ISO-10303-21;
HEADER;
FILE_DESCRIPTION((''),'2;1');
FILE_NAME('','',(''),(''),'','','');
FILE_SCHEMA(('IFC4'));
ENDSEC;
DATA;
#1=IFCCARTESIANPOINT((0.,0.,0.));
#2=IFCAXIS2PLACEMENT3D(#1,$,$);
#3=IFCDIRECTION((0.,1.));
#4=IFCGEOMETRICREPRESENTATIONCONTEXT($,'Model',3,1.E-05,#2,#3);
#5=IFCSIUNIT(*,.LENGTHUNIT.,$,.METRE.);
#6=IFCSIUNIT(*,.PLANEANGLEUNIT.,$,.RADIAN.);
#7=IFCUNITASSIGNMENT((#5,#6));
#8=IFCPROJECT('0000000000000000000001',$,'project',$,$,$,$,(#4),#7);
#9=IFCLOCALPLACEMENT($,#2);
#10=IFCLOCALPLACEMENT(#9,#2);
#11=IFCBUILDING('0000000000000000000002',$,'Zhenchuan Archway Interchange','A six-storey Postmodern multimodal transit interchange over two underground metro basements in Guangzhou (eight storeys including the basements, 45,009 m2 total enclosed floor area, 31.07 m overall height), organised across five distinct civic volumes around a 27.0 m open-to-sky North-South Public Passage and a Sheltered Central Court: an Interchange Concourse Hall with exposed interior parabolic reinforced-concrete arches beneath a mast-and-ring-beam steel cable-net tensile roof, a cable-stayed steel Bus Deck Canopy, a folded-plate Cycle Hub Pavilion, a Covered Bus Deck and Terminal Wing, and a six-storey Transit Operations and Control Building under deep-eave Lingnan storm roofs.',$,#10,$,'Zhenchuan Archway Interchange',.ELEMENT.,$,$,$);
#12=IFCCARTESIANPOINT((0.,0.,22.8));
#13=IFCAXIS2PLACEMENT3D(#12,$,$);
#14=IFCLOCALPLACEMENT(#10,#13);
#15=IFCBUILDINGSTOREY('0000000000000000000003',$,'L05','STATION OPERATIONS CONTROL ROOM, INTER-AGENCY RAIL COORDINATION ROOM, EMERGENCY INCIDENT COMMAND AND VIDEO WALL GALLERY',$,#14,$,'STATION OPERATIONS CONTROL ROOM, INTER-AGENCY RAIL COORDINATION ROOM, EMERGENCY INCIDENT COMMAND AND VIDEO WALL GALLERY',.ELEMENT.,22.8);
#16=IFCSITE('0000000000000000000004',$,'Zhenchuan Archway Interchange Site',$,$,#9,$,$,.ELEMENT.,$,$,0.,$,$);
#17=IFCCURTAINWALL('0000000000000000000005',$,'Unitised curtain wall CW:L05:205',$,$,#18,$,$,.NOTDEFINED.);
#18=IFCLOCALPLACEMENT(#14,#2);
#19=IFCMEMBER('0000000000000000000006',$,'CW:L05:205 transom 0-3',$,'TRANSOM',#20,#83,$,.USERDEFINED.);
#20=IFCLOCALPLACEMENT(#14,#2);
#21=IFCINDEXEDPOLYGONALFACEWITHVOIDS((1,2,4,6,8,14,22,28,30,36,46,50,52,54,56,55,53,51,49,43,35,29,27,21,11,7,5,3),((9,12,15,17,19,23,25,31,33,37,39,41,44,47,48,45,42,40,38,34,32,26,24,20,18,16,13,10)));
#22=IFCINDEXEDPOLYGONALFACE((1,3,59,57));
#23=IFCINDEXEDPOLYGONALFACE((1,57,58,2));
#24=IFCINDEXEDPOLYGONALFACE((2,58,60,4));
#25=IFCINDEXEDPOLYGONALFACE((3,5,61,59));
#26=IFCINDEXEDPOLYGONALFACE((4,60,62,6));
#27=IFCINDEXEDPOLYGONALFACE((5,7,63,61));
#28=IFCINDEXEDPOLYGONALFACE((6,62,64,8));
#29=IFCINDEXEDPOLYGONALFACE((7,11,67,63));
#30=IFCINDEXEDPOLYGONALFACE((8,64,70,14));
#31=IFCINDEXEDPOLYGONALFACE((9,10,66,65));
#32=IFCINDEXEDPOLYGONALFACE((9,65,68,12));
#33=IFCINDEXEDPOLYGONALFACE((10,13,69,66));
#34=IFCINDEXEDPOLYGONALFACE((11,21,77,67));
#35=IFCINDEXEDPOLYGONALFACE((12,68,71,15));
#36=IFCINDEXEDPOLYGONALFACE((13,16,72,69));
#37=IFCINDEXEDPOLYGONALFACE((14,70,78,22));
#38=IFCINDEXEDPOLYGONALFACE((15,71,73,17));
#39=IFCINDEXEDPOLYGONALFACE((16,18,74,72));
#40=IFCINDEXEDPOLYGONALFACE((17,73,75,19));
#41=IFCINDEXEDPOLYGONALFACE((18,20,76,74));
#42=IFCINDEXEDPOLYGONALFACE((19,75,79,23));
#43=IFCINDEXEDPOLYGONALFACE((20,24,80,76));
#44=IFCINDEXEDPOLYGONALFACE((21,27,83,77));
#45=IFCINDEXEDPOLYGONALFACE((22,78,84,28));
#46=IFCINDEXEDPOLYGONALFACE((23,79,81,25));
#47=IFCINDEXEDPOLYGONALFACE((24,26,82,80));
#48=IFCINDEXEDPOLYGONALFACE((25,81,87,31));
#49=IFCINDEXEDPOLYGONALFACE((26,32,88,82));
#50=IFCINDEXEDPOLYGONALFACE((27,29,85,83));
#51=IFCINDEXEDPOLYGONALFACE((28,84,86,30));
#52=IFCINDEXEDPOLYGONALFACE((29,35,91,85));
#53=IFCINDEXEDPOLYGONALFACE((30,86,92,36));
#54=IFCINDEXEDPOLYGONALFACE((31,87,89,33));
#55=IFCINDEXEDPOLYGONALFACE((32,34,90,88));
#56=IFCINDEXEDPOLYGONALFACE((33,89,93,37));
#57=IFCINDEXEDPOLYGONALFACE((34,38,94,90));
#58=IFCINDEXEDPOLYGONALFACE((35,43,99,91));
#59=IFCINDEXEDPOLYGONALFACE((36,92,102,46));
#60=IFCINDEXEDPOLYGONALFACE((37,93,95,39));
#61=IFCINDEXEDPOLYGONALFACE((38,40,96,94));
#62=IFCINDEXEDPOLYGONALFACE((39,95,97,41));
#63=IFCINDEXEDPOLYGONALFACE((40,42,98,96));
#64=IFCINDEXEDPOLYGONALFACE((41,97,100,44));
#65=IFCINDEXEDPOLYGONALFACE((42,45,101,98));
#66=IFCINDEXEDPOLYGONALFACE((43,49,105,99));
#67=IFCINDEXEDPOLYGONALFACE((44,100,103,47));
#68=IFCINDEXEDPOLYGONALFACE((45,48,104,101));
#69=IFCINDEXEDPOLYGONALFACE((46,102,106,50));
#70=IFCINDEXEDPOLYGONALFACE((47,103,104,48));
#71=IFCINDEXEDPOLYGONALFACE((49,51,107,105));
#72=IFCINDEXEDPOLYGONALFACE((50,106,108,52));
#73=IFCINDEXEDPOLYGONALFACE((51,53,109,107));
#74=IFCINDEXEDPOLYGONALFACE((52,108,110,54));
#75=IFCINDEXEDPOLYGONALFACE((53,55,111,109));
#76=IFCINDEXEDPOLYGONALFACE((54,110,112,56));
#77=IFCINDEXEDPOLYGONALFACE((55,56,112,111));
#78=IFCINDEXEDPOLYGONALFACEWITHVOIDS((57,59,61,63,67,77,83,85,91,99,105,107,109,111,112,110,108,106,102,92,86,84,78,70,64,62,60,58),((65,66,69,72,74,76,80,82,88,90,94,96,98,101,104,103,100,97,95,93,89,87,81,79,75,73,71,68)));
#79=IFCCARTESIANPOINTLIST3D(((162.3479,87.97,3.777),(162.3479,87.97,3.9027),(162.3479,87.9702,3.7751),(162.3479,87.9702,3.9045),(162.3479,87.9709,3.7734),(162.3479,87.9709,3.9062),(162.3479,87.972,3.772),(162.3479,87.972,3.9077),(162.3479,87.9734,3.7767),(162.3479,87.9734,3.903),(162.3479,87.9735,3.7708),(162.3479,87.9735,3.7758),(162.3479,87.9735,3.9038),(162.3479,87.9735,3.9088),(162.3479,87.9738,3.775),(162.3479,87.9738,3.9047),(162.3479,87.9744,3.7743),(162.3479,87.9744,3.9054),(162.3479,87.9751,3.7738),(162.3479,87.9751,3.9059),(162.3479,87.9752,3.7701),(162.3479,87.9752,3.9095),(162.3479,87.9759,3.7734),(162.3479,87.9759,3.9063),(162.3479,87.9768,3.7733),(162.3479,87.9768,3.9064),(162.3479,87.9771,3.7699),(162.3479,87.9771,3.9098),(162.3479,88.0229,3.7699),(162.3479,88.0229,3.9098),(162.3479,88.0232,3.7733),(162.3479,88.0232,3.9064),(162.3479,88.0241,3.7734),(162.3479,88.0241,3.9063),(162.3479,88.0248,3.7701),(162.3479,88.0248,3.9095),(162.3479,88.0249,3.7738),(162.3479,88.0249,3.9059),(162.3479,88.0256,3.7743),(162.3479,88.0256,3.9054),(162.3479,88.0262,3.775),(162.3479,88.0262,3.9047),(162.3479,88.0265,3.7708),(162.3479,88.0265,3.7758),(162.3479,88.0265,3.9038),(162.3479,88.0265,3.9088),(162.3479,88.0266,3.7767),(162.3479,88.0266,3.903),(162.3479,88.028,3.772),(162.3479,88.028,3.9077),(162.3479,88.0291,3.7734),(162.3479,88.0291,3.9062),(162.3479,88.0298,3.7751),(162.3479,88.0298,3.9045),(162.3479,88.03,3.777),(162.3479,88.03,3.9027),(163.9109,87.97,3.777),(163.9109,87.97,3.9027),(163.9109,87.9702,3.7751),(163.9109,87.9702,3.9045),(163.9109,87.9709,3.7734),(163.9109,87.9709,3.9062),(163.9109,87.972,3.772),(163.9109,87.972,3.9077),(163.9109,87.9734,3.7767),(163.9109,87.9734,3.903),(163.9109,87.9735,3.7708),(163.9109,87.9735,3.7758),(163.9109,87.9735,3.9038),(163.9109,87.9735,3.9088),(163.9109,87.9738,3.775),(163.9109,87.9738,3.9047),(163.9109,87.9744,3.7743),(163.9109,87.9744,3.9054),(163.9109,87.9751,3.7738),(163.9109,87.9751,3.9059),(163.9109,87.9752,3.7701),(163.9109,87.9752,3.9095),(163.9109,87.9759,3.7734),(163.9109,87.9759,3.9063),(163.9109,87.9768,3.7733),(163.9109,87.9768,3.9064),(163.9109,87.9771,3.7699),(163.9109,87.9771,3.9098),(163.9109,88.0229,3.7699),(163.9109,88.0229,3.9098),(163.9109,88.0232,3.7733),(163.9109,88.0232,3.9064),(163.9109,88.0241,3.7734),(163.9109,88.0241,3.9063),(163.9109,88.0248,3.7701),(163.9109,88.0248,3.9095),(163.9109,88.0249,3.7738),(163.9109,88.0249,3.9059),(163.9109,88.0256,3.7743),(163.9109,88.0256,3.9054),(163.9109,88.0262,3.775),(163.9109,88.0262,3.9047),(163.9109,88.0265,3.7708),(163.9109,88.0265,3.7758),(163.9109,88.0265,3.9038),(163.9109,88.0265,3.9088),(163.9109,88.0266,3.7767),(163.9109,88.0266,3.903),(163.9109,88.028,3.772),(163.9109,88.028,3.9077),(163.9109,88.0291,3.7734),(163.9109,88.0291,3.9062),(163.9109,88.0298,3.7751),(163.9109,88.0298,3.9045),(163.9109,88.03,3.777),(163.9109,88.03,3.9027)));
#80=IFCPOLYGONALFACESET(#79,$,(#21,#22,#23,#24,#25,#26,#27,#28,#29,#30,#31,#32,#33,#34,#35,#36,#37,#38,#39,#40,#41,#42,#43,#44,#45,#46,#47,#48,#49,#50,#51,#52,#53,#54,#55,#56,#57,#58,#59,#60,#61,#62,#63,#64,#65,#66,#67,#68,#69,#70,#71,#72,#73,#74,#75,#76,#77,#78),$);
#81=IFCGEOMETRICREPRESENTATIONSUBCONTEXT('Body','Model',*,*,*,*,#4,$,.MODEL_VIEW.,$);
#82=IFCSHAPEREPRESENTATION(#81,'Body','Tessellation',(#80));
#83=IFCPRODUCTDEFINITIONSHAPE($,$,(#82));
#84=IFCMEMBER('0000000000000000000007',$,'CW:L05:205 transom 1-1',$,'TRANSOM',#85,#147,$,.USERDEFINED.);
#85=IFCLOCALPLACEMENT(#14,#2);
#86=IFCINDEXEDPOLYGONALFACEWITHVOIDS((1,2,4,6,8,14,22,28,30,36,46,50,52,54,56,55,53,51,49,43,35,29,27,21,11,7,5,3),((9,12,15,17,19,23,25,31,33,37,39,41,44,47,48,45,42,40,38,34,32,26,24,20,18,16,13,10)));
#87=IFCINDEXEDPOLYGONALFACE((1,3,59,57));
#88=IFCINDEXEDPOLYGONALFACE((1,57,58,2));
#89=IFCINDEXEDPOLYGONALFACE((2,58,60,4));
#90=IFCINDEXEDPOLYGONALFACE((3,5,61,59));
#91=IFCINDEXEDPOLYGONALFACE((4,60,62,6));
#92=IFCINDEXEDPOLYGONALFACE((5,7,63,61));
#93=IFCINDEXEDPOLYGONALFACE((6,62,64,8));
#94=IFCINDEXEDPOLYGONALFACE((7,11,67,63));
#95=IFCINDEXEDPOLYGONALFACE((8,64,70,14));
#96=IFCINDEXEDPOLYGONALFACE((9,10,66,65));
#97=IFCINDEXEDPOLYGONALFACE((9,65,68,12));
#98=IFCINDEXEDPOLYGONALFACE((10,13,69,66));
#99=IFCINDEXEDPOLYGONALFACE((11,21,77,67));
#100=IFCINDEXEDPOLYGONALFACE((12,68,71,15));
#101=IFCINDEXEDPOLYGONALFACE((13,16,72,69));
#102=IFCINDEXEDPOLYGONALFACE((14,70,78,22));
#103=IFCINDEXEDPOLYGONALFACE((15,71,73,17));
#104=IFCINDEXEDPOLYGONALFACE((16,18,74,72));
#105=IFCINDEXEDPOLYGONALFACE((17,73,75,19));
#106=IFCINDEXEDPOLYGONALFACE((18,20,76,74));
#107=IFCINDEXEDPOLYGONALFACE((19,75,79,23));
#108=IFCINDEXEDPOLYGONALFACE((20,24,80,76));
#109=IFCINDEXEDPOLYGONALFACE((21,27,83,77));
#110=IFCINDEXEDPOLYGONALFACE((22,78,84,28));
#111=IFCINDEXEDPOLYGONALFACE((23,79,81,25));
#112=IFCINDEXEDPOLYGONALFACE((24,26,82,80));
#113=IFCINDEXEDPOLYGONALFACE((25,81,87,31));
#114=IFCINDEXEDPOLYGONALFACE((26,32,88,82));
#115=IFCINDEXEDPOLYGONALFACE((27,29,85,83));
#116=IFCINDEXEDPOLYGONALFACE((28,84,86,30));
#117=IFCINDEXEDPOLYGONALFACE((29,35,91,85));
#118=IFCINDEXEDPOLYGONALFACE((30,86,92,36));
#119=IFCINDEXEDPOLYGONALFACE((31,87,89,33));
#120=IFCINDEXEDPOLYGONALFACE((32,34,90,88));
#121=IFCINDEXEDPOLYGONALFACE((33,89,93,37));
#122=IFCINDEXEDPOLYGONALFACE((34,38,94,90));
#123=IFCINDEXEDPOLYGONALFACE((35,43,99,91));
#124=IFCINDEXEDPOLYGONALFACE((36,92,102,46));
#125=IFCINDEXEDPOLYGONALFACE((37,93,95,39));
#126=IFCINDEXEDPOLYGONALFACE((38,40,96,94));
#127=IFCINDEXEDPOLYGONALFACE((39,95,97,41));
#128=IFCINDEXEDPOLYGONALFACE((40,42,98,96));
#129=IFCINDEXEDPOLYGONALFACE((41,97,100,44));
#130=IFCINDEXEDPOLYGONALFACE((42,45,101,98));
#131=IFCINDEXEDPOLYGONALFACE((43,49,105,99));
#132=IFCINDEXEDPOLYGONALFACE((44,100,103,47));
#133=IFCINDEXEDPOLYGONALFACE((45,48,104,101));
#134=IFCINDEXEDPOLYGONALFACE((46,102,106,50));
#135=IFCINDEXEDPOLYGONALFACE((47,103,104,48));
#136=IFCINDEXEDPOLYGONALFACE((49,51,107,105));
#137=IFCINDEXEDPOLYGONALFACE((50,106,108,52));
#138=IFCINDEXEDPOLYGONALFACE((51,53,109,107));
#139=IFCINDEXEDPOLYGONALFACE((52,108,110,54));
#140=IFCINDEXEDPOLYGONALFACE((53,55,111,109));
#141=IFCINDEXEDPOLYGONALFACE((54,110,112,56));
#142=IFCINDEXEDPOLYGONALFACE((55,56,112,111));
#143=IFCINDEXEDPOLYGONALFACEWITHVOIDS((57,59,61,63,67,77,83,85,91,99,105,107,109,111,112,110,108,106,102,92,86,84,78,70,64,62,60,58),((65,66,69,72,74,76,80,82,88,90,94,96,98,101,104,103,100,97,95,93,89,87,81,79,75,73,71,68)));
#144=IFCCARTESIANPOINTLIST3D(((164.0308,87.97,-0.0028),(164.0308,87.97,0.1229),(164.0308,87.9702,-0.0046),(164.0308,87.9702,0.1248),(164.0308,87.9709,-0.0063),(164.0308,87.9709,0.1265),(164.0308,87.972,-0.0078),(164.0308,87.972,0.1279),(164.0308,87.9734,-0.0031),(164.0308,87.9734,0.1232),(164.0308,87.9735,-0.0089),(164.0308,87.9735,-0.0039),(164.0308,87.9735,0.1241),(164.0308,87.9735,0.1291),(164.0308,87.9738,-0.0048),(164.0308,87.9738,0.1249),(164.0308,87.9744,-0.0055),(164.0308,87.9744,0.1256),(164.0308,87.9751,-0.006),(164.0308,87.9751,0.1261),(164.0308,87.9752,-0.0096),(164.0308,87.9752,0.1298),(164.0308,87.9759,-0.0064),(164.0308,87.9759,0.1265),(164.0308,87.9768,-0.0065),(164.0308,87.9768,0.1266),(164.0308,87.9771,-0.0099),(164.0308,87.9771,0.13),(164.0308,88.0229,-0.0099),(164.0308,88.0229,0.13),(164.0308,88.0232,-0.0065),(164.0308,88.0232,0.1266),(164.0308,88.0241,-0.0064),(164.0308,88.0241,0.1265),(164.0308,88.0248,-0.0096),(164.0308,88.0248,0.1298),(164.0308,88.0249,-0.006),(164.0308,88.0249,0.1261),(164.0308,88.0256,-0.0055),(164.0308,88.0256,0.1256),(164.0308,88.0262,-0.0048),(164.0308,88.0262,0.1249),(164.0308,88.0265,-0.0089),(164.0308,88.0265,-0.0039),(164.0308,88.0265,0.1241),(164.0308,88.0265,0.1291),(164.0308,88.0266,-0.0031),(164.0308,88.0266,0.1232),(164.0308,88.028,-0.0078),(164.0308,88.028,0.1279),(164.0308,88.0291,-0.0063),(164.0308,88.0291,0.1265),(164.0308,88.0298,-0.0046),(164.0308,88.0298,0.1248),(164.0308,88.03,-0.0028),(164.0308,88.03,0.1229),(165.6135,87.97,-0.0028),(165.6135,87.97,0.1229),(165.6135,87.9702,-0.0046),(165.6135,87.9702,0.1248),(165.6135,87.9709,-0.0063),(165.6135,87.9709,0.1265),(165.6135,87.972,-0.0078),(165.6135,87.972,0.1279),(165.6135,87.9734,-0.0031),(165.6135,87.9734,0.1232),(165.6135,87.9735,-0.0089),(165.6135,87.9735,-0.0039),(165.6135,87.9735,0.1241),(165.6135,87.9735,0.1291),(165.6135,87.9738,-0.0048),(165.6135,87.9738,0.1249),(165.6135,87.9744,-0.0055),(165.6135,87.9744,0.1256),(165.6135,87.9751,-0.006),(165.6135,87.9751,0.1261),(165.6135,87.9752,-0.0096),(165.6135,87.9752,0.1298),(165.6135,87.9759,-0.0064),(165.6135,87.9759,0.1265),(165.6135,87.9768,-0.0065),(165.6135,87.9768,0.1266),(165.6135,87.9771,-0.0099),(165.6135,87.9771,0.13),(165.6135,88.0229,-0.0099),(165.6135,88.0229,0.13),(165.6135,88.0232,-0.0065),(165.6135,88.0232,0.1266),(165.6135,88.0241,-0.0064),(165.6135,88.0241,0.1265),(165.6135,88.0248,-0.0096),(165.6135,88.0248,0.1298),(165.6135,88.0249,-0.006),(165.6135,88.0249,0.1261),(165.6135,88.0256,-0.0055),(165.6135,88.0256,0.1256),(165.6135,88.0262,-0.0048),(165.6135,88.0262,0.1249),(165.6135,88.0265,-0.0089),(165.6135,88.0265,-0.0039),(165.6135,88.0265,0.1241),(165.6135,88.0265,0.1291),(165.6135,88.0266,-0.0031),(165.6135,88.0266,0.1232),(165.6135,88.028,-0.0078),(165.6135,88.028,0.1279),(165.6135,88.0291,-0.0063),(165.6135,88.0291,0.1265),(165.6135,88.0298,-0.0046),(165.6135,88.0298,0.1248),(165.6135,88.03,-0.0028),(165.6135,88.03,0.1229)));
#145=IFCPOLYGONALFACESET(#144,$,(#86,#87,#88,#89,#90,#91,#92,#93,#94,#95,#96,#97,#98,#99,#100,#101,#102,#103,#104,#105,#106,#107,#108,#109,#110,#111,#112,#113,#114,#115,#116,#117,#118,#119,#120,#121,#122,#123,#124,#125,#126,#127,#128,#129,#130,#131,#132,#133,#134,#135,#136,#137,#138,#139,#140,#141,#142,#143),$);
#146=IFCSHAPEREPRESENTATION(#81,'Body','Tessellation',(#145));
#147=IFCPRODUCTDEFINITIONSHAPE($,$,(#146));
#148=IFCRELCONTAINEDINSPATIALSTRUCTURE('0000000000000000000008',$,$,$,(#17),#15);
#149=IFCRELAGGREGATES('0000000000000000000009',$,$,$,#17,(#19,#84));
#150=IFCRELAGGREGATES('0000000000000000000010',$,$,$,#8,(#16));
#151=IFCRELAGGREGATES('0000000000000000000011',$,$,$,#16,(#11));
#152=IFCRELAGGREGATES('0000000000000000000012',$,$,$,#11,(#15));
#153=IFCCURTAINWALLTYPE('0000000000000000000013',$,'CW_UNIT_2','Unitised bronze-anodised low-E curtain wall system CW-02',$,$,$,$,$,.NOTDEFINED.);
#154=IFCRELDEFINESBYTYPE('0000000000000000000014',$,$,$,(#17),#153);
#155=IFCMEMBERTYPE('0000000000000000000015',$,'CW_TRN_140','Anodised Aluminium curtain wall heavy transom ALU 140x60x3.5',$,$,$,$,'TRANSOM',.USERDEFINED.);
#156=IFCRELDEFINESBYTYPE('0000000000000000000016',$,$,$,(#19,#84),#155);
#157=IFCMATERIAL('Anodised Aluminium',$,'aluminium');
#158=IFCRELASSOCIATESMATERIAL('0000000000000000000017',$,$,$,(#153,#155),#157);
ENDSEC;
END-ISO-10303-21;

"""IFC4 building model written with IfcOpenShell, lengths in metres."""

from ifc_helpers import new_model, si_unit, direction, frame, origin, origin_2d, place, context, subcontext, project, spatial, hollow_rectangle, extrude, material, material_profile, profile_set, type_object, element, aggregate, save


model = new_model("IFC4")

# Units and contexts
model_context = context("Model", 3, precision=1e-05, world=origin(), true_north=direction((0.0, 1.0)))
body_context = subcontext(model_context, "Body", "Model", "MODEL_VIEW")
ifc_project = project(units=[si_unit("LENGTHUNIT", "METRE"), si_unit("PLANEANGLEUNIT", "RADIAN")], contexts=[model_context])

# Site, building, storey
site_placement = place(None, origin())
site = spatial("IfcSite", under=ifc_project, at=site_placement, Name="Zhenchuan Archway Interchange Site", CompositionType="ELEMENT", RefElevation=0.0)
building_placement = place(site_placement, origin())
building = spatial("IfcBuilding", under=site, at=building_placement, Name="Zhenchuan Archway Interchange", Description="A six-storey Postmodern multimodal transit interchange over two underground metro basements in Guangzhou (eight storeys including the basements, 45,009 m2 total enclosed floor area, 31.07 m overall height), organised across five distinct civic volumes around a 27.0 m open-to-sky North-South Public Passage and a Sheltered Central Court: an Interchange Concourse Hall with exposed interior parabolic reinforced-concrete arches beneath a mast-and-ring-beam steel cable-net tensile roof, a cable-stayed steel Bus Deck Canopy, a folded-plate Cycle Hub Pavilion, a Covered Bus Deck and Terminal Wing, and a six-storey Transit Operations and Control Building under deep-eave Lingnan storm roofs.", LongName="Zhenchuan Archway Interchange", CompositionType="ELEMENT")
storey_placement = place(building_placement, frame((0.0, 0.0, 22.8)))
storey = spatial("IfcBuildingStorey", under=building, at=storey_placement, Name="L05", Description="STATION OPERATIONS CONTROL ROOM, INTER-AGENCY RAIL COORDINATION ROOM, EMERGENCY INCIDENT COMMAND AND VIDEO WALL GALLERY", LongName="STATION OPERATIONS CONTROL ROOM, INTER-AGENCY RAIL COORDINATION ROOM, EMERGENCY INCIDENT COMMAND AND VIDEO WALL GALLERY", CompositionType="ELEMENT", Elevation=22.8)

# Curtain wall, members
ifc_material_1 = material(Name="Anodised Aluminium", Category="aluminium")
curtain_wall_type = type_object("IfcCurtainWallType", Name="CW_UNIT_2", Description="Unitised bronze-anodised low-E curtain wall system CW-02", PredefinedType="NOTDEFINED", material=ifc_material_1)
curtain_wall_placement = place(storey_placement, origin())
curtain_wall = element("IfcCurtainWall", 1, at=curtain_wall_placement, inside=storey, type_object=curtain_wall_type, Name="Unitised curtain wall CW:L05:205", PredefinedType="NOTDEFINED")
ifc_material_profile_1 = material_profile(ifc_material_1, hollow_rectangle(XDim=0.0601, YDim=0.1399, WallThickness=0.0034, InnerFilletRadius=0.0034, OuterFilletRadius=0.0071, at=origin_2d()), Name="ALU 140x60x3.5")
ifc_profile_set_1 = profile_set([ifc_material_profile_1], Name="Anodised Aluminium")
member_type_1 = type_object("IfcMemberType", Name="CW_TRN_140", Description="Anodised Aluminium curtain wall heavy transom ALU 140x60x3.5", ElementType="TRANSOM", PredefinedType="USERDEFINED", material=ifc_profile_set_1)
member_1_placement = place(storey_placement, frame((162.3479, 88.0, 3.8398), z_axis=(1.0, 0.0, 0.0), x_axis=(0.0, 1.0, 0.0)))
member_1 = element("IfcMember", 2, at=member_1_placement, type_object=member_type_1, Name="CW:L05:205 transom 0-3", ObjectType="TRANSOM", PredefinedType="USERDEFINED", context=body_context, shape_type="SweptSolid", body=[
    extrude(hollow_rectangle(XDim=0.0601, YDim=0.1399, WallThickness=0.0034, InnerFilletRadius=0.0034, OuterFilletRadius=0.0071, at=origin_2d()), origin(), (0.0, 0.0, 1.0), 1.563),
])
member_2_placement = place(storey_placement, frame((164.0308, 88.0, 0.0601), z_axis=(1.0, 0.0, 0.0), x_axis=(0.0, 1.0, 0.0)))
member_2 = element("IfcMember", 3, at=member_2_placement, type_object=member_type_1, Name="CW:L05:205 transom 1-1", ObjectType="TRANSOM", PredefinedType="USERDEFINED", context=body_context, shape_type="SweptSolid", body=[
    extrude(hollow_rectangle(XDim=0.0601, YDim=0.1399, WallThickness=0.0034, InnerFilletRadius=0.0034, OuterFilletRadius=0.0071, at=origin_2d()), origin(), (0.0, 0.0, 1.0), 1.5828),
])

aggregate(curtain_wall, [member_1, member_2])

save(model, "model.ifc")
